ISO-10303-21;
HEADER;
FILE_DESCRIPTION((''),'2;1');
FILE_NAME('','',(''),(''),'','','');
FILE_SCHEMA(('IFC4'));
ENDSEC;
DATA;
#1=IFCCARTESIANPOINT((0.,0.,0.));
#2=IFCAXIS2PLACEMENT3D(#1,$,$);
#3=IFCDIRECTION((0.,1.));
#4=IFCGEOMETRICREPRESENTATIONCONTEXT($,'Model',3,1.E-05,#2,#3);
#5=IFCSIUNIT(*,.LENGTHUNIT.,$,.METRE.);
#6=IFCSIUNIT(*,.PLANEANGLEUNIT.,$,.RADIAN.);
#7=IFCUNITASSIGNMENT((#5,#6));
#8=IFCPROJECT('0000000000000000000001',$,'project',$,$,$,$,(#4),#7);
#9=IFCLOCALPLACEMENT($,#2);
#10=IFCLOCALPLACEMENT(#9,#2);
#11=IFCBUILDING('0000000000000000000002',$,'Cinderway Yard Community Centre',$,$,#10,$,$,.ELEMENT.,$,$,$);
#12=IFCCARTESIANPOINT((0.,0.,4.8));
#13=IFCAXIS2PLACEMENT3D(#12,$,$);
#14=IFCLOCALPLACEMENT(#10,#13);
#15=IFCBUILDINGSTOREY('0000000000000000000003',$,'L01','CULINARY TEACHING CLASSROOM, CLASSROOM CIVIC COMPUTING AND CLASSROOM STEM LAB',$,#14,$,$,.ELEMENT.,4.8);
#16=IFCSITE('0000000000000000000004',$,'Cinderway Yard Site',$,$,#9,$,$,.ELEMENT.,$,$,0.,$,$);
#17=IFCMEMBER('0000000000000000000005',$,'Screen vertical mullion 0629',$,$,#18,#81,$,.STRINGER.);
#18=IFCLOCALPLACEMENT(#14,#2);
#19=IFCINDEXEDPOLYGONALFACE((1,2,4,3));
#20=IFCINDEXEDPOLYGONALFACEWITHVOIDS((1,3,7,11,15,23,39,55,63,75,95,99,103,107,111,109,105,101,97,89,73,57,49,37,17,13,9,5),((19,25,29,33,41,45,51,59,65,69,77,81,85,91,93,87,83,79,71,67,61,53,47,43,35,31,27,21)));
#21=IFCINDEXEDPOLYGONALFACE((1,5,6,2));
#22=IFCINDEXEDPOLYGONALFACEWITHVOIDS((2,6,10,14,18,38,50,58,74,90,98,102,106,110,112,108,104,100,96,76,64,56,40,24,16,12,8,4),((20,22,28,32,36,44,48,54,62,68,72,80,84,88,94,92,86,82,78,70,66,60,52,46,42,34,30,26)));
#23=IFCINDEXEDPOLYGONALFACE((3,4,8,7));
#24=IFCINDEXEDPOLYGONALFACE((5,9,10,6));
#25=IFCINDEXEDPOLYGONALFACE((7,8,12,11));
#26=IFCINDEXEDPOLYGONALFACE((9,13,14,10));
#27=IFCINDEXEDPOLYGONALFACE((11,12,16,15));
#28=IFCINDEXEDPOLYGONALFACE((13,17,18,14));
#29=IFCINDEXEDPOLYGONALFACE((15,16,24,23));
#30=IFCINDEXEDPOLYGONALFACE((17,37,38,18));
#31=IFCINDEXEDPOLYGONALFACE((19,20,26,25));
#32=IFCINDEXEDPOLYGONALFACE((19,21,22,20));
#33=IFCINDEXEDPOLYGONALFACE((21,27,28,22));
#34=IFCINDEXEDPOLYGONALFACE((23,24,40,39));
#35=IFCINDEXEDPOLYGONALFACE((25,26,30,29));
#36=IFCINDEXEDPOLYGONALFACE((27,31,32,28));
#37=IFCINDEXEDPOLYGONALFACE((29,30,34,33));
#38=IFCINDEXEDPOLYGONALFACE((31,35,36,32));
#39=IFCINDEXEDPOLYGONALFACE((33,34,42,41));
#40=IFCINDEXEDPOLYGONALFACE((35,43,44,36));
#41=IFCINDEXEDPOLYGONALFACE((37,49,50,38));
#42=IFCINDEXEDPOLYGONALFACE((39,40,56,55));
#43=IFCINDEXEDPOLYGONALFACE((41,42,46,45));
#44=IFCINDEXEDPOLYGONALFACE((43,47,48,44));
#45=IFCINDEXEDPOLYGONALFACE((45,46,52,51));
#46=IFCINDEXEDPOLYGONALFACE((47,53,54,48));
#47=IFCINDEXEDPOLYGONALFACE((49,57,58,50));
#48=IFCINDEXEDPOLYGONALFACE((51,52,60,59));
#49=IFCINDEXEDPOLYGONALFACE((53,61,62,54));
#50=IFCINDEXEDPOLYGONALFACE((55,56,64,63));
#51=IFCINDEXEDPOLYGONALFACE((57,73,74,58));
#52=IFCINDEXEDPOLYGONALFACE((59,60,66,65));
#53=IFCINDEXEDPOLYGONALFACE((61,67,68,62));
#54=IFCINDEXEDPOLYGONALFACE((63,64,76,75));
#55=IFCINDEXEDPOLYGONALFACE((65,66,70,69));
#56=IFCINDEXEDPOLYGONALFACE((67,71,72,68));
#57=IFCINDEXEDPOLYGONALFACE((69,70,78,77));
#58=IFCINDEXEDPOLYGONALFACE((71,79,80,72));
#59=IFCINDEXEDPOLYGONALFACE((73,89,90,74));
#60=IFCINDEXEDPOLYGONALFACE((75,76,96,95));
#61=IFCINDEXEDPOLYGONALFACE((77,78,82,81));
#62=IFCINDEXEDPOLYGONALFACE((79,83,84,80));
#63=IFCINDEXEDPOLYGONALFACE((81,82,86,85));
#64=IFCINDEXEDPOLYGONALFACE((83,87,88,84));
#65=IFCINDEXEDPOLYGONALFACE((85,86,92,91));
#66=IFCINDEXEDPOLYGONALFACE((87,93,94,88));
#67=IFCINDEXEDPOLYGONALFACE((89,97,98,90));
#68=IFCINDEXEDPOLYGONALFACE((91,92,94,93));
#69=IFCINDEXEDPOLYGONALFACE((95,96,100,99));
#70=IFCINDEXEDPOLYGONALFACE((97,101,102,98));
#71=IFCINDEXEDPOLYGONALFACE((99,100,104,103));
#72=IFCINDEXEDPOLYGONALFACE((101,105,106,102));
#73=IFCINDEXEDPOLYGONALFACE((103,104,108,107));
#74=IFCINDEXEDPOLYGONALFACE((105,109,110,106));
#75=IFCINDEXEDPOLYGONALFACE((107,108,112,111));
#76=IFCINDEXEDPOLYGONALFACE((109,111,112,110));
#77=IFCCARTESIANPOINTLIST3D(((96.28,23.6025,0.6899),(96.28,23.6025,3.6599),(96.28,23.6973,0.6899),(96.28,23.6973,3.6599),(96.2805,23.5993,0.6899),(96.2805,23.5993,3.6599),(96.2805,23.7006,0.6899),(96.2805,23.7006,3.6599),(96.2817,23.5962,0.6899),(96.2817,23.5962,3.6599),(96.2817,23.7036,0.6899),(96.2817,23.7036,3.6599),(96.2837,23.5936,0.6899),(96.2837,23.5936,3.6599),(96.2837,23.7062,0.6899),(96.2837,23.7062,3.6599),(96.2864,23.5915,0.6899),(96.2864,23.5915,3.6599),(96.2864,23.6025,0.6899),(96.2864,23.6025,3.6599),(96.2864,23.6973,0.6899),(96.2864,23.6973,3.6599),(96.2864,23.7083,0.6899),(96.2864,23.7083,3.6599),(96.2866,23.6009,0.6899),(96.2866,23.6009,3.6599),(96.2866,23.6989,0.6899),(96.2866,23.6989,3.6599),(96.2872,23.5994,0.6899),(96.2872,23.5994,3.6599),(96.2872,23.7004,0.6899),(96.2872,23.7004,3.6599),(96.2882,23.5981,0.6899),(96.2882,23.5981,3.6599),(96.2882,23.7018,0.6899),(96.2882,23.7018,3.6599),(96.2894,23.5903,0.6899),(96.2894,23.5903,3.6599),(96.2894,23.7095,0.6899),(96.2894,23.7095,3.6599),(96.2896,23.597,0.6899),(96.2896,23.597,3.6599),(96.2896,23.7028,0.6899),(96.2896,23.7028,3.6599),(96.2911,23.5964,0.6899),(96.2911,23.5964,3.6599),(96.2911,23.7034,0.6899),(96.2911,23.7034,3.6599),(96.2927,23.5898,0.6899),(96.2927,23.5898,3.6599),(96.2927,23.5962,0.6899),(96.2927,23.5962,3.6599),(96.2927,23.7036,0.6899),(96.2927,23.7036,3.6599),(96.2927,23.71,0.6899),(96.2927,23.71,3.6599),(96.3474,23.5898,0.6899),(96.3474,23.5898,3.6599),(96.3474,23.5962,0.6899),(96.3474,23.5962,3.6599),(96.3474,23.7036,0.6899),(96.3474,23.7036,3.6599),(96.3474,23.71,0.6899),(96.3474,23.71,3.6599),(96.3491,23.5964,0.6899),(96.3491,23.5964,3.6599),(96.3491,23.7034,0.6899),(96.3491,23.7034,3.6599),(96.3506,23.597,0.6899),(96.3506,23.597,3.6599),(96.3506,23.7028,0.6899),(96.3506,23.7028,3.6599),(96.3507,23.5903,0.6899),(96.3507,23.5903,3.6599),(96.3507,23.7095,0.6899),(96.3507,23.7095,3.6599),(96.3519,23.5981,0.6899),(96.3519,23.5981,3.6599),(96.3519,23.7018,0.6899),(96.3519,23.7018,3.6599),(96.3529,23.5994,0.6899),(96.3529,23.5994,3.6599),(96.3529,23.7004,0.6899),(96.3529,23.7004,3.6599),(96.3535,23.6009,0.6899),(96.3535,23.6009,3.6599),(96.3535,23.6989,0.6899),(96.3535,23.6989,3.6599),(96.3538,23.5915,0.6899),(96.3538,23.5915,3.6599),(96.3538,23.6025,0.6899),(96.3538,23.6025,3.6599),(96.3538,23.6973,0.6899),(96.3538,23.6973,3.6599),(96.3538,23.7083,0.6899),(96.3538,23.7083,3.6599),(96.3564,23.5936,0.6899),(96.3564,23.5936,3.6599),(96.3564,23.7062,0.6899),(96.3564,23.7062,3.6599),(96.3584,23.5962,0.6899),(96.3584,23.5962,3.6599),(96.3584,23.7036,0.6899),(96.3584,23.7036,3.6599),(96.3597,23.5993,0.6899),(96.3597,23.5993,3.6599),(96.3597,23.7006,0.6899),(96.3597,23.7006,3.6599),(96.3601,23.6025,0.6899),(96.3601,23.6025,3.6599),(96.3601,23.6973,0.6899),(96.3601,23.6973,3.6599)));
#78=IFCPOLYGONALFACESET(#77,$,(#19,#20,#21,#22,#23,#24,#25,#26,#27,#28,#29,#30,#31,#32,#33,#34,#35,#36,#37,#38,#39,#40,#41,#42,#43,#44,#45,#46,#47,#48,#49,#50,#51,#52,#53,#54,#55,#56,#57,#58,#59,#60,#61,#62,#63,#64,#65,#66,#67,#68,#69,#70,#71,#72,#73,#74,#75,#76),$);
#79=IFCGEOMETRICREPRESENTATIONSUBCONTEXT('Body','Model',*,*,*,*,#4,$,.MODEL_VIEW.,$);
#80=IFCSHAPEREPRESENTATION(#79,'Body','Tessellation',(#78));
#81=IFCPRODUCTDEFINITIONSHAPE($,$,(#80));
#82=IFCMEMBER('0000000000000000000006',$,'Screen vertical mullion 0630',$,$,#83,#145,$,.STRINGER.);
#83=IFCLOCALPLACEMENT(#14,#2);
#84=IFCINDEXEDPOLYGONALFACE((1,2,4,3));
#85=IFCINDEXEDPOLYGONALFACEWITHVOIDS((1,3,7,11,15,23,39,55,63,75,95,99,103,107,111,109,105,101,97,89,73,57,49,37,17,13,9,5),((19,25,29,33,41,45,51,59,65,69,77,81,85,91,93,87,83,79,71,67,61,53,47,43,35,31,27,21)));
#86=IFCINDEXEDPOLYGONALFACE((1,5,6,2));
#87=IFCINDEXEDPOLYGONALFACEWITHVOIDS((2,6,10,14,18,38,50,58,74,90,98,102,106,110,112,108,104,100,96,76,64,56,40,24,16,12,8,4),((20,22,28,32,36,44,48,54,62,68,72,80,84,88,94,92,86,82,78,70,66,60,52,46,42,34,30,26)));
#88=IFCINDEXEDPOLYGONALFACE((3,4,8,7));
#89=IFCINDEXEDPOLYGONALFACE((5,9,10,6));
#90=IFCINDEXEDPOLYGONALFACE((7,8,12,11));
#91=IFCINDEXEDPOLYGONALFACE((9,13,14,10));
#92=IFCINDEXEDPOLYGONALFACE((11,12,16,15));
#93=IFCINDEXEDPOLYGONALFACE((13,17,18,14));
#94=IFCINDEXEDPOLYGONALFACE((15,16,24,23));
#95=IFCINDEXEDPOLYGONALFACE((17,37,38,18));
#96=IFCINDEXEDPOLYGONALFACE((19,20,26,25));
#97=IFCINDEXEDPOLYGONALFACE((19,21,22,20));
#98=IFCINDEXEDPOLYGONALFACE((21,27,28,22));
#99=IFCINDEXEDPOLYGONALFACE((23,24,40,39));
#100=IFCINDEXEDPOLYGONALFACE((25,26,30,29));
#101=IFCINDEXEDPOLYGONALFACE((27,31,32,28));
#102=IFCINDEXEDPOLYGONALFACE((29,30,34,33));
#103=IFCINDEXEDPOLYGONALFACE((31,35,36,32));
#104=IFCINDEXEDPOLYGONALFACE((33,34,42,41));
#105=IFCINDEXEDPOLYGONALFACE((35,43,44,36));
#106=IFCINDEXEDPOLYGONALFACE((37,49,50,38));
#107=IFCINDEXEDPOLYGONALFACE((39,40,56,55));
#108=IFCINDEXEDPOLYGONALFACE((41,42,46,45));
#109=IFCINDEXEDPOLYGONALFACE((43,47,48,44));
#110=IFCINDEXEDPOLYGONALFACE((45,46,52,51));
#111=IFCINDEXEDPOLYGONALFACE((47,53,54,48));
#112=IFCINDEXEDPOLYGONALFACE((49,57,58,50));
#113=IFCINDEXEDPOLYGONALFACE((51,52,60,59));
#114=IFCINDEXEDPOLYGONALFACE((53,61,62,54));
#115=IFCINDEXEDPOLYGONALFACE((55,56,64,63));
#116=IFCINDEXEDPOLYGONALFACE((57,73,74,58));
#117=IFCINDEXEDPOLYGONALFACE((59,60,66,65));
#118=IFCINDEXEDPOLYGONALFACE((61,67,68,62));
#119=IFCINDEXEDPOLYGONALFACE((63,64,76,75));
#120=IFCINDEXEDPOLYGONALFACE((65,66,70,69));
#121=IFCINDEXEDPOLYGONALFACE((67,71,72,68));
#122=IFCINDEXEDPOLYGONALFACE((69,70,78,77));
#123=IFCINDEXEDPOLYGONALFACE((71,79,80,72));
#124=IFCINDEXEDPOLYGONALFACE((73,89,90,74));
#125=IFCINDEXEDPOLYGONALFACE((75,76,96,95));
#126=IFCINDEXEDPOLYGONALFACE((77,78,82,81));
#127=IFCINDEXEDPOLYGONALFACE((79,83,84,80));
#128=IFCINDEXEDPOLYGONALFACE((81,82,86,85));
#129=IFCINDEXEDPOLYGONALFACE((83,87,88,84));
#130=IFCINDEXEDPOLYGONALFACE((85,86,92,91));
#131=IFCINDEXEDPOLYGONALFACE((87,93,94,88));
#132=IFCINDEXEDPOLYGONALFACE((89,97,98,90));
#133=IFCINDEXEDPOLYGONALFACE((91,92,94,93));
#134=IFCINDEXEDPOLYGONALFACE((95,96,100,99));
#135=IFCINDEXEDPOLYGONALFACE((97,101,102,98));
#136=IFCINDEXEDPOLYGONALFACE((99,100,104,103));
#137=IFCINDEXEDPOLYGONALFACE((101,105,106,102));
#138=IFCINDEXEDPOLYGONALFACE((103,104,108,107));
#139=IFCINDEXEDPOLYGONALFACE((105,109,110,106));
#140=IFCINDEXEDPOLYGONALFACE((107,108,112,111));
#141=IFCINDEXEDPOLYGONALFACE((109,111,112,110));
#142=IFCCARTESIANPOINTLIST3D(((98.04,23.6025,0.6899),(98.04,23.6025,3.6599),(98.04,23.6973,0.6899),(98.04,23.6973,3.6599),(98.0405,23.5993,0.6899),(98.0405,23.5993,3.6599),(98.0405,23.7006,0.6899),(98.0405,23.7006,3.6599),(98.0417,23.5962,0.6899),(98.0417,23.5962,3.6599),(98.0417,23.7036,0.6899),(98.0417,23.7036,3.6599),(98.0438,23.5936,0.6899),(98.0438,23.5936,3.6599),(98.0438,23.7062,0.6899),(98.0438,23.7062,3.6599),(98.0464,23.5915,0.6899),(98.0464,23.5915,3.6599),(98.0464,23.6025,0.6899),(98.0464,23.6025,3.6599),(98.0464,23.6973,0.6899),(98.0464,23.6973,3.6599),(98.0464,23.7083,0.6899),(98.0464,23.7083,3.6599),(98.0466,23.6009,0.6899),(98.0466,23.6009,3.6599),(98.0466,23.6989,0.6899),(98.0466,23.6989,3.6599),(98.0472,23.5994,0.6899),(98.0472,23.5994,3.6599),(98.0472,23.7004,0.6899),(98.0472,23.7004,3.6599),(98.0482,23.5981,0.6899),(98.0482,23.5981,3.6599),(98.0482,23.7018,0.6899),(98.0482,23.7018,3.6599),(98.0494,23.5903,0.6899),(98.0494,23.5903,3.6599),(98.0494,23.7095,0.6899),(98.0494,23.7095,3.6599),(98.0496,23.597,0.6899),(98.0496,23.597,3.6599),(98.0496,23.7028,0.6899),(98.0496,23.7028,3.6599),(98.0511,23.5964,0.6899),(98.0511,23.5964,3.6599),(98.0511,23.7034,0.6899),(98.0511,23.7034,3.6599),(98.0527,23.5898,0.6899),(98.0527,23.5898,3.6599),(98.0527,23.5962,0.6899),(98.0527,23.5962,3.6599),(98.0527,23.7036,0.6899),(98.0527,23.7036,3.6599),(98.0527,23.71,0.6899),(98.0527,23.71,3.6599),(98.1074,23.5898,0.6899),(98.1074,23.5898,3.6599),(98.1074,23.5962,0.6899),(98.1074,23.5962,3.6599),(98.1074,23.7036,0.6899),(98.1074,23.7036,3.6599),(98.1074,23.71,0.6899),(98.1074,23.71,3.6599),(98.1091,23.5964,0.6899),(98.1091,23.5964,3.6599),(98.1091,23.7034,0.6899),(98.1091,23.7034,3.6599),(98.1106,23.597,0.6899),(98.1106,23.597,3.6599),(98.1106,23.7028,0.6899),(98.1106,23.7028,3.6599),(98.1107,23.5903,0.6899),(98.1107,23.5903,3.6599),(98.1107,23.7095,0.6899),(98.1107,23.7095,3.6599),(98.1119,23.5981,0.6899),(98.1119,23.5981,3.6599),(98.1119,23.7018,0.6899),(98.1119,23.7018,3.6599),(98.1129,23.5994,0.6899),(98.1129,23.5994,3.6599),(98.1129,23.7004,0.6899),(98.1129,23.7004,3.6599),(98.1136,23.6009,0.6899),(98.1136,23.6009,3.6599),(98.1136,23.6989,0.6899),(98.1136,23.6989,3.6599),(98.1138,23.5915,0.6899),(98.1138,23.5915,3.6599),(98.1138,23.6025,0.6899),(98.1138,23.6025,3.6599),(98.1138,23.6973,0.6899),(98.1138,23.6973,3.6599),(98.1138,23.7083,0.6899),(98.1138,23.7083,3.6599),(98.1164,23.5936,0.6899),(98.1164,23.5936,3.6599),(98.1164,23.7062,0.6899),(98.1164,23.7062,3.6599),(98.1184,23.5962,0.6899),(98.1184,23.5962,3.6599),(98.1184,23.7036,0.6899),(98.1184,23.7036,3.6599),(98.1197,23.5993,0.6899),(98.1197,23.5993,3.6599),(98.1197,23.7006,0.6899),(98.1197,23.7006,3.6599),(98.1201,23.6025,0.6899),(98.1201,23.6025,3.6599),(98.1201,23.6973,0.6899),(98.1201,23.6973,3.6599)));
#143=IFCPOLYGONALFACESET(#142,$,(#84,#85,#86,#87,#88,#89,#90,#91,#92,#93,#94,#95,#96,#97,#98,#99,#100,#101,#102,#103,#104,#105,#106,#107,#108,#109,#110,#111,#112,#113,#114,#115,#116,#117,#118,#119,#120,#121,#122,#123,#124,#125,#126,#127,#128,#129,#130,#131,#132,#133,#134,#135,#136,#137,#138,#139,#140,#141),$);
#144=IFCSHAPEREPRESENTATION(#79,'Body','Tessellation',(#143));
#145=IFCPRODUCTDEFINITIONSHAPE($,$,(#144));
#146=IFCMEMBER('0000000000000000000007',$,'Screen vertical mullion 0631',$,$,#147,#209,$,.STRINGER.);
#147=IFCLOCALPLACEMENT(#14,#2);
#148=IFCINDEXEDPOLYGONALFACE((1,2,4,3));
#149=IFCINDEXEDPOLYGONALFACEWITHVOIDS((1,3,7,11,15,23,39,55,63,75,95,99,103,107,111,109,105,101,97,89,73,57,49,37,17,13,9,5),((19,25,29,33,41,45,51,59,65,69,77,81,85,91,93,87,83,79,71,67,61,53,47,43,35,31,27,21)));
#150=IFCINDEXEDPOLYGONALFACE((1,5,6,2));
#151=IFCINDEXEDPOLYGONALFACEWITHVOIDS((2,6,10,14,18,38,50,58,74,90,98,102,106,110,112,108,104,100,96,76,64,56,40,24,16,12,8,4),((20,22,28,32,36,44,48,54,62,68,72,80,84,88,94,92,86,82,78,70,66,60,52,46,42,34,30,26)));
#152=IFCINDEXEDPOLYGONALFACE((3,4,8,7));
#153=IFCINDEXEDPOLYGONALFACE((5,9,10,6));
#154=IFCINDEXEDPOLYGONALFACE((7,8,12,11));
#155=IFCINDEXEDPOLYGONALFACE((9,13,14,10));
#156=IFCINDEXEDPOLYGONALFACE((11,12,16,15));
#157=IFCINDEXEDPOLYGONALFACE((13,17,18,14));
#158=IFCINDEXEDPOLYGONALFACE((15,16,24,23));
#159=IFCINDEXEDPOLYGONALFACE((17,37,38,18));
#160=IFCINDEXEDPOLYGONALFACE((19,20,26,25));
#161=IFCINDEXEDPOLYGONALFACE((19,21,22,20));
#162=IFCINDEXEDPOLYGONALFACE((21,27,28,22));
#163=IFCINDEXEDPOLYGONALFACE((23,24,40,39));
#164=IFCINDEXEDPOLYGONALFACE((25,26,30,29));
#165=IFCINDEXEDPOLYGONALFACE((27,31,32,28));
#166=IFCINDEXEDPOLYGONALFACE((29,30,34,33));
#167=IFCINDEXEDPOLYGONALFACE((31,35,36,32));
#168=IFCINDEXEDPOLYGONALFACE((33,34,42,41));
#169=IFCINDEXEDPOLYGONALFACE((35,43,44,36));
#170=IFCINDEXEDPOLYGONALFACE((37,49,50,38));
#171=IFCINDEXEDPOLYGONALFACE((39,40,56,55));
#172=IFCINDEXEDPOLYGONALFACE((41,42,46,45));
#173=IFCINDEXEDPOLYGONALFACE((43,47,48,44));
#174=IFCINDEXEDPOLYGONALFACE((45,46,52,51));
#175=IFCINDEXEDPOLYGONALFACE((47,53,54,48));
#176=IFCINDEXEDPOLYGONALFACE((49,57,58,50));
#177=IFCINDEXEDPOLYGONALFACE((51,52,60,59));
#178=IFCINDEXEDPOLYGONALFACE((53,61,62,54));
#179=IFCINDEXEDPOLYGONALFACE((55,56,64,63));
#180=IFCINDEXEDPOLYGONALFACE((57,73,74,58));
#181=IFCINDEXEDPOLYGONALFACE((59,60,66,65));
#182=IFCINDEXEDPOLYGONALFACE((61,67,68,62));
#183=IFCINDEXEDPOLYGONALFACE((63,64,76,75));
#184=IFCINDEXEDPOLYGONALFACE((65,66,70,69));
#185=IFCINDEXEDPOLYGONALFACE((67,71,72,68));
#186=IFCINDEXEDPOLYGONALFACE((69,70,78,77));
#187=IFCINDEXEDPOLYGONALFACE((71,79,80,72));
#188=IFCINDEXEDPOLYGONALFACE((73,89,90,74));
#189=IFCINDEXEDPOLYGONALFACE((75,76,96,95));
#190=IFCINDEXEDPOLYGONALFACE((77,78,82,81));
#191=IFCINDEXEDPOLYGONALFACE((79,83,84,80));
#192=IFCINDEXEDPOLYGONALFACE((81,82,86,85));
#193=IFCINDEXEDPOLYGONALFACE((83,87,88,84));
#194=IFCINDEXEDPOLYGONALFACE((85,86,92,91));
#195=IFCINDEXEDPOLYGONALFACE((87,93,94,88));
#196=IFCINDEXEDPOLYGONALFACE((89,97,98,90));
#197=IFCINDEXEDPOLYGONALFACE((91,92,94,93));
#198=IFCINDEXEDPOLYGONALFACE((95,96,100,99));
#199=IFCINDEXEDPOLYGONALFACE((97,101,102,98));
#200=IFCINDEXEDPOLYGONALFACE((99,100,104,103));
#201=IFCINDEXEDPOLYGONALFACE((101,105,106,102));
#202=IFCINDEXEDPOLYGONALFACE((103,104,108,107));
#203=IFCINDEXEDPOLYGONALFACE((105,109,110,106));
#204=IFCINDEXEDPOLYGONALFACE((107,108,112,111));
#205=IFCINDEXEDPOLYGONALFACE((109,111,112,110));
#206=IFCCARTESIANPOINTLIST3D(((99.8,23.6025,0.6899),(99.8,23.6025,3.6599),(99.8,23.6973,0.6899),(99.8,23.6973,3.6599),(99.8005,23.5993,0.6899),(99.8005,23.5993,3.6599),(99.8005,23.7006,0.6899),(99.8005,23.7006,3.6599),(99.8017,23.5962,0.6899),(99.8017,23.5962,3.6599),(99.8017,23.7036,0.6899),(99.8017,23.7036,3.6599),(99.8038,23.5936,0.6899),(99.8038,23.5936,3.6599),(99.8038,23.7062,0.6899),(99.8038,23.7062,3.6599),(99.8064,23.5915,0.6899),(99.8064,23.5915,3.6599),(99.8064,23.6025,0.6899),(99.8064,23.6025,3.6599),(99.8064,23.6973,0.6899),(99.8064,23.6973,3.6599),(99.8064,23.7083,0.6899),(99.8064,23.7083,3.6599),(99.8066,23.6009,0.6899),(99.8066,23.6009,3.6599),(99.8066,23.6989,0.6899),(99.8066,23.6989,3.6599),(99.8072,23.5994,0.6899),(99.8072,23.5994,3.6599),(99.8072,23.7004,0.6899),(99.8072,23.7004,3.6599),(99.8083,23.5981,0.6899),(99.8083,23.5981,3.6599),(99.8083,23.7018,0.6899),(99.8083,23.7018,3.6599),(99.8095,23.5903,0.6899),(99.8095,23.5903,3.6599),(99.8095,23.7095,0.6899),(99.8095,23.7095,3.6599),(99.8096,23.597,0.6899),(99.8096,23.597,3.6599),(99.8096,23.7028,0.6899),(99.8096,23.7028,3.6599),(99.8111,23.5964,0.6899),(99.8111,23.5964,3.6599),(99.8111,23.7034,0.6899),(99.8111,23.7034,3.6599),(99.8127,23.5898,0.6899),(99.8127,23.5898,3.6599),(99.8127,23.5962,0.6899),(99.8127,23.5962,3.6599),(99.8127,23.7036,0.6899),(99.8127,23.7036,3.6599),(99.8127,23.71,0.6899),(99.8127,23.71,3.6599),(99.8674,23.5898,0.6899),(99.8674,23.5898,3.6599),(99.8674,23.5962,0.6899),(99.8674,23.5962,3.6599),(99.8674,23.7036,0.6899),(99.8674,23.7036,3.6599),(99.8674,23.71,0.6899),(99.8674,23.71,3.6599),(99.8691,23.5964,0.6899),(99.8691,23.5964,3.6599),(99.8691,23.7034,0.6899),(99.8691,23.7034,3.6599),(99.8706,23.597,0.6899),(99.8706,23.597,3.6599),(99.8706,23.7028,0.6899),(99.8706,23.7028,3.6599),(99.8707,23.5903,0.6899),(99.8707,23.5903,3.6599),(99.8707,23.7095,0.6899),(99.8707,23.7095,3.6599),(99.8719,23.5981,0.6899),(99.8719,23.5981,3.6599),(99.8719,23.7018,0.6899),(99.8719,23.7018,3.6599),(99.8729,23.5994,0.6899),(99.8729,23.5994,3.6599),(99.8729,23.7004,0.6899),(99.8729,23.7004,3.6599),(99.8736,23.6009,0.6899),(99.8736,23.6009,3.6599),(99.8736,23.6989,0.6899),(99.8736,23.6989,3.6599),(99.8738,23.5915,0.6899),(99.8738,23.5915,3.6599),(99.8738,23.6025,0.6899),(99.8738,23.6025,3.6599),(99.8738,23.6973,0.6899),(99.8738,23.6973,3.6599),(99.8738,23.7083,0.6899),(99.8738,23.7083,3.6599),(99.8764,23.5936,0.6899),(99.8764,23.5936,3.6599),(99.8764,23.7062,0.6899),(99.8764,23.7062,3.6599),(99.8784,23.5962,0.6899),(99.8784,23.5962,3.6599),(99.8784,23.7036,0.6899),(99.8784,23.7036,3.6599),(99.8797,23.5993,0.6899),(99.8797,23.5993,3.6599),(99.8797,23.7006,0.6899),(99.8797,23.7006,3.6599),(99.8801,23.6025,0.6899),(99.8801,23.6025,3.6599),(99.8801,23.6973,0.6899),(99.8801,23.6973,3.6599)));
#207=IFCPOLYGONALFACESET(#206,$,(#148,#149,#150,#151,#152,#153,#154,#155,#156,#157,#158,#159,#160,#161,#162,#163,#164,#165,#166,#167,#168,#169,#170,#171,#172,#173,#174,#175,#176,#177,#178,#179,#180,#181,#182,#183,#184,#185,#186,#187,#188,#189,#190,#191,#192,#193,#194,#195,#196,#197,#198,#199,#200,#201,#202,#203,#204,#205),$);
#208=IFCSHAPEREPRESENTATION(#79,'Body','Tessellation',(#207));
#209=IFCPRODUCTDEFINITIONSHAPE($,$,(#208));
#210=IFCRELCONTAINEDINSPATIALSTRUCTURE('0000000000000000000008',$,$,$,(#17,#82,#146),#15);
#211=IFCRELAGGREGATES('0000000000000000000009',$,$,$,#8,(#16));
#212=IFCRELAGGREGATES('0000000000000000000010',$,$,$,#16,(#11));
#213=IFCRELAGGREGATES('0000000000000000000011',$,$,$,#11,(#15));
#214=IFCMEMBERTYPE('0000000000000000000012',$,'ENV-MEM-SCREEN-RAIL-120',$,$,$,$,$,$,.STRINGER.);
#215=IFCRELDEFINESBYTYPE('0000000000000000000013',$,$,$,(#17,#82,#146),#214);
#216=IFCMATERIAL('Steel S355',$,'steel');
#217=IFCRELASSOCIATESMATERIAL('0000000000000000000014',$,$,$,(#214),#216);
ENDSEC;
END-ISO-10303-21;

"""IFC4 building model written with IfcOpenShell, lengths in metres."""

from ifc_helpers import new_model, si_unit, direction, frame, origin, origin_2d, place, context, subcontext, project, spatial, hollow_rectangle, extrude, material, material_profile, profile_set, type_object, element, save


model = new_model("IFC4")

# Units and contexts
model_context = context("Model", 3, precision=1e-05, world=origin(), true_north=direction((0.0, 1.0)))
body_context = subcontext(model_context, "Body", "Model", "MODEL_VIEW")
ifc_project = project(units=[si_unit("LENGTHUNIT", "METRE"), si_unit("PLANEANGLEUNIT", "RADIAN")], contexts=[model_context])

# Site, building, storey
site_placement = place(None, origin())
site = spatial("IfcSite", under=ifc_project, at=site_placement, Name="Cinderway Yard Site", CompositionType="ELEMENT", RefElevation=0.0)
building_placement = place(site_placement, origin())
building = spatial("IfcBuilding", under=site, at=building_placement, Name="Cinderway Yard Community Centre", CompositionType="ELEMENT")
storey_placement = place(building_placement, frame((0.0, 0.0, 4.8)))
storey = spatial("IfcBuildingStorey", under=building, at=storey_placement, Name="L01", Description="CULINARY TEACHING CLASSROOM, CLASSROOM CIVIC COMPUTING AND CLASSROOM STEM LAB", CompositionType="ELEMENT", Elevation=4.8)

# Members
ifc_material_1 = material(Name="Steel S355", Category="steel")
ifc_material_profile = material_profile(ifc_material_1, hollow_rectangle(XDim=0.0801, YDim=0.1201, WallThickness=0.0063, InnerFilletRadius=0.0063, OuterFilletRadius=0.0127, at=origin_2d()), Name="Steel S355")
ifc_profile_set = profile_set([ifc_material_profile], Name="Steel S355")
member_type = type_object("IfcMemberType", Name="ENV-MEM-SCREEN-RAIL-120", PredefinedType="STRINGER", material=ifc_profile_set)
for number, where, z_axis, x_axis, name in (
    (1, (96.3201, 23.6499, 0.6899), (0.0, 0.0, 1.0), (1.0, 0.0, 0.0), "Screen vertical mullion 0629"),
    (2, (98.0801, 23.6499, 0.6899), (0.0, 0.0, 1.0), (1.0, 0.0, 0.0), "Screen vertical mullion 0630"),
    (3, (99.8401, 23.6499, 0.6899), (0.0, 0.0, 1.0), (1.0, 0.0, 0.0), "Screen vertical mullion 0631"),
):
    element("IfcMember", number, at=place(storey_placement, frame(where, z_axis=z_axis, x_axis=x_axis)), inside=storey, type_object=member_type, Name=name, PredefinedType="STRINGER", context=body_context, shape_type="SweptSolid", body=[
        extrude(hollow_rectangle(XDim=0.0801, YDim=0.1201, WallThickness=0.0063, InnerFilletRadius=0.0063, OuterFilletRadius=0.0127, at=origin_2d()), origin(), (0.0, 0.0, 1.0), 2.97),
    ])

save(model, "model.ifc")
